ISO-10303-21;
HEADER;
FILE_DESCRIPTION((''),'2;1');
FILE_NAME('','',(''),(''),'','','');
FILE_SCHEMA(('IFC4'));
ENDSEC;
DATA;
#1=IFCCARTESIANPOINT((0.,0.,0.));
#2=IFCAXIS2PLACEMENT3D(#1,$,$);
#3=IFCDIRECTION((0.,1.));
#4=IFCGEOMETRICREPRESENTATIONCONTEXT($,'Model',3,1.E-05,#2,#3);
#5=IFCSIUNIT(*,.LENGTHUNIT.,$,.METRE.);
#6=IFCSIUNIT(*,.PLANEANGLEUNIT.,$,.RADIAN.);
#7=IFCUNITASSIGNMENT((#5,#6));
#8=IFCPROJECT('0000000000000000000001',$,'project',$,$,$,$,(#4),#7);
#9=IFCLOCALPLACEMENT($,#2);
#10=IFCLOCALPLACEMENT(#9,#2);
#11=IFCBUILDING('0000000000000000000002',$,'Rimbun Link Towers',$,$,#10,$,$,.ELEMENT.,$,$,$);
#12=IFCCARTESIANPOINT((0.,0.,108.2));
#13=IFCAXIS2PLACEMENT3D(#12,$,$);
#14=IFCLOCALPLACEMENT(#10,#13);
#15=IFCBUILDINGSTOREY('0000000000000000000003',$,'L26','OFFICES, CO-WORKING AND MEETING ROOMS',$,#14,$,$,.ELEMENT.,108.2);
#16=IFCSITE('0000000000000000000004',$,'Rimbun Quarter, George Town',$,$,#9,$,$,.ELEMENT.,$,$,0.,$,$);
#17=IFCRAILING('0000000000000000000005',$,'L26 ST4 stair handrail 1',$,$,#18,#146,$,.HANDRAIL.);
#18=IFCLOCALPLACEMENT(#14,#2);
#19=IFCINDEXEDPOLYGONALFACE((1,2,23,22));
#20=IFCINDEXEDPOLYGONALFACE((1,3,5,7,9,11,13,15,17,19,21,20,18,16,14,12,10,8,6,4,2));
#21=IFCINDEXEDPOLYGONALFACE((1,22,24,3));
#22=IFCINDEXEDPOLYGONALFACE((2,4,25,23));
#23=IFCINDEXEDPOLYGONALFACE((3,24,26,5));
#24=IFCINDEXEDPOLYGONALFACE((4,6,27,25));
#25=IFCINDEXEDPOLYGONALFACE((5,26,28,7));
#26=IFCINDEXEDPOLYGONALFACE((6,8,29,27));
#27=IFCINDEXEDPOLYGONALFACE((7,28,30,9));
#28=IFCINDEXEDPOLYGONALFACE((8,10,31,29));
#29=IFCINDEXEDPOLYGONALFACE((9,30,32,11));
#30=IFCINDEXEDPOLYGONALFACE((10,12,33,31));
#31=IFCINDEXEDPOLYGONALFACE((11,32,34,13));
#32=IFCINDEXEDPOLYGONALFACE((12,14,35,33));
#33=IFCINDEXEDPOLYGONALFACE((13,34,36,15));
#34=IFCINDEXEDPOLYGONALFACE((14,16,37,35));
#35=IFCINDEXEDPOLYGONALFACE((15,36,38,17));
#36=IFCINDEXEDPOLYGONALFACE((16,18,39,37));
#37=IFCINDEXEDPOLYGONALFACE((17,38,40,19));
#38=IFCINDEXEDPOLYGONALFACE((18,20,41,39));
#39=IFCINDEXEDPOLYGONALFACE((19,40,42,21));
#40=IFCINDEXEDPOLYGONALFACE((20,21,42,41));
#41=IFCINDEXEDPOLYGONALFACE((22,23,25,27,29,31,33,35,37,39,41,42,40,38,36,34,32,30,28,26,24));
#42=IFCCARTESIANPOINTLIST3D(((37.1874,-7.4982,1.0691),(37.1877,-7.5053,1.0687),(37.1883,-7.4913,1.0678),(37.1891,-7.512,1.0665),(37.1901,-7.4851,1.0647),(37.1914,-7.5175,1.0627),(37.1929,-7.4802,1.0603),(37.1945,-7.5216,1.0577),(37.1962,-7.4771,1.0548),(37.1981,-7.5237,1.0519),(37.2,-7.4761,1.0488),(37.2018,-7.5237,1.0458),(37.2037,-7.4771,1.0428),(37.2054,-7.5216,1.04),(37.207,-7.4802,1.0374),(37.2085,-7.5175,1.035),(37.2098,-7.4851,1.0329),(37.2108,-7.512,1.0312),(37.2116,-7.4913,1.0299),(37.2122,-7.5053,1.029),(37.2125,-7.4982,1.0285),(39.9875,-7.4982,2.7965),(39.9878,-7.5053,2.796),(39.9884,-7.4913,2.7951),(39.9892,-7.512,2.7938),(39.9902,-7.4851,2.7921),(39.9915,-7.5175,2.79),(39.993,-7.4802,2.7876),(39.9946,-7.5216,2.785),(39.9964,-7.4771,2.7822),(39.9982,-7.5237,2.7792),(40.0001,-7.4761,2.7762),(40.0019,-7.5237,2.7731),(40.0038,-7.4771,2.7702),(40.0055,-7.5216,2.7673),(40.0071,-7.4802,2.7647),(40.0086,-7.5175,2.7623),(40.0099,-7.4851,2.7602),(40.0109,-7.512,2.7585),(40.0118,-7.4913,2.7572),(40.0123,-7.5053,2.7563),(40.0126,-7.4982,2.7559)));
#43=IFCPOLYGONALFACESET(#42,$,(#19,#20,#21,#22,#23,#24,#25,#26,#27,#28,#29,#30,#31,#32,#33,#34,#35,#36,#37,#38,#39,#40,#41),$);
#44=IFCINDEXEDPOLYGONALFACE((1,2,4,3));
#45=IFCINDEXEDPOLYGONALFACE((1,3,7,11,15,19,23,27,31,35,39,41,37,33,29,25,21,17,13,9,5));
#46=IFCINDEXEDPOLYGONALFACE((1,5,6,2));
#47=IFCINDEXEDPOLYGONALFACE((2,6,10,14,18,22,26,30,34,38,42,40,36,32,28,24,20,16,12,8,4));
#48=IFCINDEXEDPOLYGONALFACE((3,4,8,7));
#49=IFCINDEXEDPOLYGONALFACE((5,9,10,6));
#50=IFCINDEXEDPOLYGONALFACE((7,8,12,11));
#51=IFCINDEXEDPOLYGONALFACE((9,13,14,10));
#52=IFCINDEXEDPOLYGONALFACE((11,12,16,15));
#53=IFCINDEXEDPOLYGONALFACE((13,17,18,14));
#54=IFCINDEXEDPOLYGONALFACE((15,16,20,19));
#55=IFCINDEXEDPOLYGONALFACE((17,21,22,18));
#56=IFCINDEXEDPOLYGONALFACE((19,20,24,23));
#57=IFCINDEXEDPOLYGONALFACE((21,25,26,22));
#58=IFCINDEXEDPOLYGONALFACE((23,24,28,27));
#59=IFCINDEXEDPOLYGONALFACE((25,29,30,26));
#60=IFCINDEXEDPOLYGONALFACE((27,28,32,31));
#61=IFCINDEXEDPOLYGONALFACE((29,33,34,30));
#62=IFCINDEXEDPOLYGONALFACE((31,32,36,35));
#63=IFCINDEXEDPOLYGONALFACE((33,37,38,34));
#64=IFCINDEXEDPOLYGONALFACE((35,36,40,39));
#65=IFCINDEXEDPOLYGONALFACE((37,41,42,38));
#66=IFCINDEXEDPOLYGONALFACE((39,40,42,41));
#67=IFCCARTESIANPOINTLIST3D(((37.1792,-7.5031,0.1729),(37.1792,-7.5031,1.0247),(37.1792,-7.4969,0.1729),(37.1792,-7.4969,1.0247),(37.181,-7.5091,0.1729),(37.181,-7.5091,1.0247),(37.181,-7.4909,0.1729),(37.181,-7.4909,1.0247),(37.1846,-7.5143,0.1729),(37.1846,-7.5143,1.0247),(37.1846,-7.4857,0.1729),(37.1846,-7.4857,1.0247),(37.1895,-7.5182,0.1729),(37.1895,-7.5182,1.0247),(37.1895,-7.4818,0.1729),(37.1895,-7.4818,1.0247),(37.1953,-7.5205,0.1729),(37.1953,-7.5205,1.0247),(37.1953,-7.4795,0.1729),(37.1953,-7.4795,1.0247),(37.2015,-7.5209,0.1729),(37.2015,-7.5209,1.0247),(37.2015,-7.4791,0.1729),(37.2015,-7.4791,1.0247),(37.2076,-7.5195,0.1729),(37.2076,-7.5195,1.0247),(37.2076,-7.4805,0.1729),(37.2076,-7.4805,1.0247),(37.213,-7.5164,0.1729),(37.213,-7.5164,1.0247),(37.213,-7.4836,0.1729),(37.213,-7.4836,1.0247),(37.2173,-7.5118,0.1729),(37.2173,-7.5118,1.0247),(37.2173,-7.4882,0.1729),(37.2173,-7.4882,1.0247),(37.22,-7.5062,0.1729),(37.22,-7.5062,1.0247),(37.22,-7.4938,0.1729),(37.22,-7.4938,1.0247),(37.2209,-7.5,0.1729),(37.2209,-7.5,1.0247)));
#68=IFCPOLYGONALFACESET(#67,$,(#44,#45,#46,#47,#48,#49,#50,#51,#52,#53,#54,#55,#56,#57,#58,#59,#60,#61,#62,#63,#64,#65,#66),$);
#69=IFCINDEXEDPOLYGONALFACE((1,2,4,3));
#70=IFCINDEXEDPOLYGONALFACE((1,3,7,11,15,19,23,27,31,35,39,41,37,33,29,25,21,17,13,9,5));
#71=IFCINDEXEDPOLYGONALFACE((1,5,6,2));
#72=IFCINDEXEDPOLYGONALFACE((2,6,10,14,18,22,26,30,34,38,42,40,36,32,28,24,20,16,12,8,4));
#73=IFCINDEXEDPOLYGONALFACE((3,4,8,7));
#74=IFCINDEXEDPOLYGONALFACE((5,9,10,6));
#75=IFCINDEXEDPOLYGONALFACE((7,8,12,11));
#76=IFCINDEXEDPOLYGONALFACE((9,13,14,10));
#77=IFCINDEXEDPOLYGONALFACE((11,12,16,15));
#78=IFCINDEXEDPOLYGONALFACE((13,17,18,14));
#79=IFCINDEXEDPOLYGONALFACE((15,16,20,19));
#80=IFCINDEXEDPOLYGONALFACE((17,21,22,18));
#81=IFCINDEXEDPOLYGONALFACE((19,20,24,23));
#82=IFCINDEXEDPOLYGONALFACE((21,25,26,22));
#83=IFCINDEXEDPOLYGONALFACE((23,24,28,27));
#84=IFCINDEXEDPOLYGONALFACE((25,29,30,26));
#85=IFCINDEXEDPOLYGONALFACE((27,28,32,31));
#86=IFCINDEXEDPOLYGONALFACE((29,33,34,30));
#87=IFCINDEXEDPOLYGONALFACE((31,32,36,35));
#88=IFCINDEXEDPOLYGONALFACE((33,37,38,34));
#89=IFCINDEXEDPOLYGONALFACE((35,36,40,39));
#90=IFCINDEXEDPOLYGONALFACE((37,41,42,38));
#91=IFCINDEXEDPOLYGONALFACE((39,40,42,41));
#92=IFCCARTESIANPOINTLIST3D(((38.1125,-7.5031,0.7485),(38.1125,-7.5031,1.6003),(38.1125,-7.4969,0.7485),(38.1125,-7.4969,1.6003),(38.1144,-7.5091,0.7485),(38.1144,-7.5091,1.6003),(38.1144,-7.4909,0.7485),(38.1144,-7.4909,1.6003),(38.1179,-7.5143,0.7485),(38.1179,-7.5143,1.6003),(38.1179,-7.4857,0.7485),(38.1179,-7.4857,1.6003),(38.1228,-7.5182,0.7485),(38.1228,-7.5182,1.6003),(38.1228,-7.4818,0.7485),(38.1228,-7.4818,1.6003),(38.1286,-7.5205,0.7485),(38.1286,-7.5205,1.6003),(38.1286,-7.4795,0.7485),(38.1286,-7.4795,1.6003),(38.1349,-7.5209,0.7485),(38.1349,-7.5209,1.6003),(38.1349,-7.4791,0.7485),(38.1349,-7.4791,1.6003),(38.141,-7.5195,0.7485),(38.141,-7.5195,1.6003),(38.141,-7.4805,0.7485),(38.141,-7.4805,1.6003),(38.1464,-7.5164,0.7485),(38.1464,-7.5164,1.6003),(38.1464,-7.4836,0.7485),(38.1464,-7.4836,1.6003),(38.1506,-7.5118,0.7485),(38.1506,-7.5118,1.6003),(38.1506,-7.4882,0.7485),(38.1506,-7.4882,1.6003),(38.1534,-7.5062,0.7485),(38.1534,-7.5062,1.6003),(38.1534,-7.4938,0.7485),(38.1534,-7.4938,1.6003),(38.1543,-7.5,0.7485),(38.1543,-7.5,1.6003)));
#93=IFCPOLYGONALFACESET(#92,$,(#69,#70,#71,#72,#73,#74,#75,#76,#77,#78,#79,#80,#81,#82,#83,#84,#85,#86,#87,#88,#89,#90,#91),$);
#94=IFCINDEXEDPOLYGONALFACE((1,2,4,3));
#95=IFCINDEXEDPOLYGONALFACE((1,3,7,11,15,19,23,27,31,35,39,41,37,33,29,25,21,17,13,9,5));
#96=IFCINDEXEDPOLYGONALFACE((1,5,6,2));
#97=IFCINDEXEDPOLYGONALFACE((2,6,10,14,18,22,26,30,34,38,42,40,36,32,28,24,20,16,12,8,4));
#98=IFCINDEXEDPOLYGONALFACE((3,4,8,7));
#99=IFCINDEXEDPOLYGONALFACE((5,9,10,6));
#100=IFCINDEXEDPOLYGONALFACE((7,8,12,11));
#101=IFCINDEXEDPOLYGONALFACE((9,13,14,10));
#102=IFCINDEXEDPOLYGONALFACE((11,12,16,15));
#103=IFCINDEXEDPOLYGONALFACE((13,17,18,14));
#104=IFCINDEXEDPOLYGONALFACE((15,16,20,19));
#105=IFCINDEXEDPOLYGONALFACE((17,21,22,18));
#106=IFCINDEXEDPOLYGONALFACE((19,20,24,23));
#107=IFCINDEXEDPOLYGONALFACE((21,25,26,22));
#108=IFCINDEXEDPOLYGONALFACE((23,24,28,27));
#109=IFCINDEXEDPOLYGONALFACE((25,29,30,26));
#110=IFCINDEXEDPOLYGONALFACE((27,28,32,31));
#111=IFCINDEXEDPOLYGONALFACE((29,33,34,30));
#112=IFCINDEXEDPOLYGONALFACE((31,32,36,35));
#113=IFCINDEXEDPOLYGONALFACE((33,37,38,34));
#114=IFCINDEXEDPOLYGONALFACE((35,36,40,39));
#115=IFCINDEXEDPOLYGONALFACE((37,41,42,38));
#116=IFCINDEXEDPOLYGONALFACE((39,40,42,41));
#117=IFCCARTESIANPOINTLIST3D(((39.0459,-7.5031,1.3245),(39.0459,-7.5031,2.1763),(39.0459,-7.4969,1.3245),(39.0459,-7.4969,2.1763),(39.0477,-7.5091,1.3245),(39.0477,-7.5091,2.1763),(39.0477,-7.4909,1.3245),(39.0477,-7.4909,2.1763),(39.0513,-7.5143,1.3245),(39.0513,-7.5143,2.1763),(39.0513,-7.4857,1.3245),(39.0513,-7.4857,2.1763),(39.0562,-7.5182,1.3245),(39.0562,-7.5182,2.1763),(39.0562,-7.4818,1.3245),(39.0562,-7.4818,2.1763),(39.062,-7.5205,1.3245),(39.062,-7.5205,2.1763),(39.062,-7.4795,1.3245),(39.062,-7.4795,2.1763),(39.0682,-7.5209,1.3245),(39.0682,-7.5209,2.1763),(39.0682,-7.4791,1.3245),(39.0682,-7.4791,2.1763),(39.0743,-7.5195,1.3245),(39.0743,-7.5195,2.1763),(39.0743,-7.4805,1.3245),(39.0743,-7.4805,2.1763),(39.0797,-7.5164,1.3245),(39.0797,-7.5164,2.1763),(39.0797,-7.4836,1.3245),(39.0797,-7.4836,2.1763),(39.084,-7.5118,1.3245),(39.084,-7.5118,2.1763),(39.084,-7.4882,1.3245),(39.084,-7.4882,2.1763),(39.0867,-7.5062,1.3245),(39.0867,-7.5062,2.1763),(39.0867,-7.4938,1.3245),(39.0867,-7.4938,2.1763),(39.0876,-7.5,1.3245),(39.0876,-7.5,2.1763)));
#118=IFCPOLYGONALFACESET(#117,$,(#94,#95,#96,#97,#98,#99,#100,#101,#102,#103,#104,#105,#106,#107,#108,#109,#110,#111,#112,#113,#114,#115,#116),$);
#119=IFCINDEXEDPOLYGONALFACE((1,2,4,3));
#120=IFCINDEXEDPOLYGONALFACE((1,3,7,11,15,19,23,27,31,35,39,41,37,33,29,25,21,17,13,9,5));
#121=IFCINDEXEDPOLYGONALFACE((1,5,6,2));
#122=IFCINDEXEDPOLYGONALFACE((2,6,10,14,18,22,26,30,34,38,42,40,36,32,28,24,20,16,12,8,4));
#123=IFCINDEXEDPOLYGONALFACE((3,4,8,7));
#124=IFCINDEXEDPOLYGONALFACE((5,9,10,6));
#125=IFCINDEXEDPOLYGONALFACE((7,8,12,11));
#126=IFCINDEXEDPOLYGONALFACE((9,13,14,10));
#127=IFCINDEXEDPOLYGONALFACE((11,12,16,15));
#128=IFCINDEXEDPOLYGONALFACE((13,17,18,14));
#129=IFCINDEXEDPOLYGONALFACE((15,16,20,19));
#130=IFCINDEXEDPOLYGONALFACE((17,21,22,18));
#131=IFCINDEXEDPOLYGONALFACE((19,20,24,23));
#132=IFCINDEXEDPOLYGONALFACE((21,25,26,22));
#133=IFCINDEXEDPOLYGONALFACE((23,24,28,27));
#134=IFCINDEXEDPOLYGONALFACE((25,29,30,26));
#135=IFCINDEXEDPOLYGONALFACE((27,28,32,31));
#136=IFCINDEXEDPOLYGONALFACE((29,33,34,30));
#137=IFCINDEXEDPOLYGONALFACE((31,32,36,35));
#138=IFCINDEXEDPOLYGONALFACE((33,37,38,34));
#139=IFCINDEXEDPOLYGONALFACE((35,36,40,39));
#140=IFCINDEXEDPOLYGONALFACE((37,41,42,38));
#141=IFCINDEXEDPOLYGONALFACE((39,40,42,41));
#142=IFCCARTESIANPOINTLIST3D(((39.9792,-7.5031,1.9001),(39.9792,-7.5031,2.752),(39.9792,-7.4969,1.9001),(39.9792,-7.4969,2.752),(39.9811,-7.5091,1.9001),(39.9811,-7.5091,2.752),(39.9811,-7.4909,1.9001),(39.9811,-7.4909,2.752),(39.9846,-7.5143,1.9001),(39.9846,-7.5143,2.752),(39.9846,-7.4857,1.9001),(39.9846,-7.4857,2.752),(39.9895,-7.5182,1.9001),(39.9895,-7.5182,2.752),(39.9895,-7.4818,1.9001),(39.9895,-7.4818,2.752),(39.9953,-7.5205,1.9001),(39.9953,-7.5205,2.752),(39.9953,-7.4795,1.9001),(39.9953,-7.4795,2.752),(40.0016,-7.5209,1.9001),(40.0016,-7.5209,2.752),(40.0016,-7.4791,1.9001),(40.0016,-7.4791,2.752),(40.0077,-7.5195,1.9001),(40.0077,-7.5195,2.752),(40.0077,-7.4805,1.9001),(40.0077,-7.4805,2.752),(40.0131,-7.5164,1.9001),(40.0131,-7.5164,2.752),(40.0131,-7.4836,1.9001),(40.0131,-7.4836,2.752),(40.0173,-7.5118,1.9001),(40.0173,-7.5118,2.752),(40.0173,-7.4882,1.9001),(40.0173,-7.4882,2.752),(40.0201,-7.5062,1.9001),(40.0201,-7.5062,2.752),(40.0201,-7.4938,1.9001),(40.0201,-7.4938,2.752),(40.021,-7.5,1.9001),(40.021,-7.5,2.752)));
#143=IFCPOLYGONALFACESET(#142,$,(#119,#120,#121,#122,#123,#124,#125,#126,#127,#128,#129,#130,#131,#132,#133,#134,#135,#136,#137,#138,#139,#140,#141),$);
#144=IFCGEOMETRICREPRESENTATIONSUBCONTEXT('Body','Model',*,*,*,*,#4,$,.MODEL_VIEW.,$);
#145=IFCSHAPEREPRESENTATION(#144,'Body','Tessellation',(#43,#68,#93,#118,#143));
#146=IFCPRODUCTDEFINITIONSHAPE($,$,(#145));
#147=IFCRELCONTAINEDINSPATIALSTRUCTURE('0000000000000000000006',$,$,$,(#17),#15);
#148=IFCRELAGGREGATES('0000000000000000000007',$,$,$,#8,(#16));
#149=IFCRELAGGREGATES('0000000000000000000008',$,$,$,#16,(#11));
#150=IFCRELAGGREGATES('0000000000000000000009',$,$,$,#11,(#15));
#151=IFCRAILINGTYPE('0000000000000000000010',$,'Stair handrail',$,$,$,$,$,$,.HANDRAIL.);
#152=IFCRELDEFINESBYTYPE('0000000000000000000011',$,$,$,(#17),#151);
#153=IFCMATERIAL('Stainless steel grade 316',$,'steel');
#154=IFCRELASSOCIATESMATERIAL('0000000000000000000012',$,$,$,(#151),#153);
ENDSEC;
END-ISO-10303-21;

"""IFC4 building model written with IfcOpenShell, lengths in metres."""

from ifc_helpers import new_model, si_unit, direction, frame, origin, origin_2d, place, context, subcontext, project, spatial, circle, extrude, material, type_object, element, save


model = new_model("IFC4")

# Units and contexts
model_context = context("Model", 3, precision=1e-05, world=origin(), true_north=direction((0.0, 1.0)))
body_context = subcontext(model_context, "Body", "Model", "MODEL_VIEW")
ifc_project = project(units=[si_unit("LENGTHUNIT", "METRE"), si_unit("PLANEANGLEUNIT", "RADIAN")], contexts=[model_context])

# Site, building, storey
site_placement = place(None, origin())
site = spatial("IfcSite", under=ifc_project, at=site_placement, Name="Rimbun Quarter, George Town", CompositionType="ELEMENT", RefElevation=0.0)
building_placement = place(site_placement, origin())
building = spatial("IfcBuilding", under=site, at=building_placement, Name="Rimbun Link Towers", CompositionType="ELEMENT")
storey_placement = place(building_placement, frame((0.0, 0.0, 108.2)))
storey = spatial("IfcBuildingStorey", under=building, at=storey_placement, Name="L26", Description="OFFICES, CO-WORKING AND MEETING ROOMS", CompositionType="ELEMENT", Elevation=108.2)

# Railing
ifc_material_1 = material(Name="Stainless steel grade 316", Category="steel")
railing_type_1 = type_object("IfcRailingType", Name="Stair handrail", PredefinedType="HANDRAIL", material=ifc_material_1)
railing_1_placement = place(storey_placement, frame((37.2, -7.5, 0.1729)))
element("IfcRailing", 1, at=railing_1_placement, inside=storey, type_object=railing_type_1, Name="L26 ST4 stair handrail 1", PredefinedType="HANDRAIL", context=body_context, shape_type="SweptSolid", body=[
    extrude(circle(Radius=0.0239, at=origin_2d()), frame((0.0, 0.0, 0.876), z_axis=(0.85109, 0.0, 0.52502), x_axis=(0.0, 1.0, 0.0)), (0.0, 0.0, 1.0), 3.29),
    extrude(circle(Radius=0.021, at=origin_2d()), origin(), (0.0, 0.0, 1.0), 0.8518),
    extrude(circle(Radius=0.021, at=origin_2d()), frame((0.9333, 0.0, 0.5757)), (0.0, 0.0, 1.0), 0.8518),
    extrude(circle(Radius=0.021, at=origin_2d()), frame((1.8667, 0.0, 1.1516)), (0.0, 0.0, 1.0), 0.8518),
    extrude(circle(Radius=0.021, at=origin_2d()), frame((2.8, 0.0, 1.7273)), (0.0, 0.0, 1.0), 0.8518),
])

save(model, "model.ifc")
